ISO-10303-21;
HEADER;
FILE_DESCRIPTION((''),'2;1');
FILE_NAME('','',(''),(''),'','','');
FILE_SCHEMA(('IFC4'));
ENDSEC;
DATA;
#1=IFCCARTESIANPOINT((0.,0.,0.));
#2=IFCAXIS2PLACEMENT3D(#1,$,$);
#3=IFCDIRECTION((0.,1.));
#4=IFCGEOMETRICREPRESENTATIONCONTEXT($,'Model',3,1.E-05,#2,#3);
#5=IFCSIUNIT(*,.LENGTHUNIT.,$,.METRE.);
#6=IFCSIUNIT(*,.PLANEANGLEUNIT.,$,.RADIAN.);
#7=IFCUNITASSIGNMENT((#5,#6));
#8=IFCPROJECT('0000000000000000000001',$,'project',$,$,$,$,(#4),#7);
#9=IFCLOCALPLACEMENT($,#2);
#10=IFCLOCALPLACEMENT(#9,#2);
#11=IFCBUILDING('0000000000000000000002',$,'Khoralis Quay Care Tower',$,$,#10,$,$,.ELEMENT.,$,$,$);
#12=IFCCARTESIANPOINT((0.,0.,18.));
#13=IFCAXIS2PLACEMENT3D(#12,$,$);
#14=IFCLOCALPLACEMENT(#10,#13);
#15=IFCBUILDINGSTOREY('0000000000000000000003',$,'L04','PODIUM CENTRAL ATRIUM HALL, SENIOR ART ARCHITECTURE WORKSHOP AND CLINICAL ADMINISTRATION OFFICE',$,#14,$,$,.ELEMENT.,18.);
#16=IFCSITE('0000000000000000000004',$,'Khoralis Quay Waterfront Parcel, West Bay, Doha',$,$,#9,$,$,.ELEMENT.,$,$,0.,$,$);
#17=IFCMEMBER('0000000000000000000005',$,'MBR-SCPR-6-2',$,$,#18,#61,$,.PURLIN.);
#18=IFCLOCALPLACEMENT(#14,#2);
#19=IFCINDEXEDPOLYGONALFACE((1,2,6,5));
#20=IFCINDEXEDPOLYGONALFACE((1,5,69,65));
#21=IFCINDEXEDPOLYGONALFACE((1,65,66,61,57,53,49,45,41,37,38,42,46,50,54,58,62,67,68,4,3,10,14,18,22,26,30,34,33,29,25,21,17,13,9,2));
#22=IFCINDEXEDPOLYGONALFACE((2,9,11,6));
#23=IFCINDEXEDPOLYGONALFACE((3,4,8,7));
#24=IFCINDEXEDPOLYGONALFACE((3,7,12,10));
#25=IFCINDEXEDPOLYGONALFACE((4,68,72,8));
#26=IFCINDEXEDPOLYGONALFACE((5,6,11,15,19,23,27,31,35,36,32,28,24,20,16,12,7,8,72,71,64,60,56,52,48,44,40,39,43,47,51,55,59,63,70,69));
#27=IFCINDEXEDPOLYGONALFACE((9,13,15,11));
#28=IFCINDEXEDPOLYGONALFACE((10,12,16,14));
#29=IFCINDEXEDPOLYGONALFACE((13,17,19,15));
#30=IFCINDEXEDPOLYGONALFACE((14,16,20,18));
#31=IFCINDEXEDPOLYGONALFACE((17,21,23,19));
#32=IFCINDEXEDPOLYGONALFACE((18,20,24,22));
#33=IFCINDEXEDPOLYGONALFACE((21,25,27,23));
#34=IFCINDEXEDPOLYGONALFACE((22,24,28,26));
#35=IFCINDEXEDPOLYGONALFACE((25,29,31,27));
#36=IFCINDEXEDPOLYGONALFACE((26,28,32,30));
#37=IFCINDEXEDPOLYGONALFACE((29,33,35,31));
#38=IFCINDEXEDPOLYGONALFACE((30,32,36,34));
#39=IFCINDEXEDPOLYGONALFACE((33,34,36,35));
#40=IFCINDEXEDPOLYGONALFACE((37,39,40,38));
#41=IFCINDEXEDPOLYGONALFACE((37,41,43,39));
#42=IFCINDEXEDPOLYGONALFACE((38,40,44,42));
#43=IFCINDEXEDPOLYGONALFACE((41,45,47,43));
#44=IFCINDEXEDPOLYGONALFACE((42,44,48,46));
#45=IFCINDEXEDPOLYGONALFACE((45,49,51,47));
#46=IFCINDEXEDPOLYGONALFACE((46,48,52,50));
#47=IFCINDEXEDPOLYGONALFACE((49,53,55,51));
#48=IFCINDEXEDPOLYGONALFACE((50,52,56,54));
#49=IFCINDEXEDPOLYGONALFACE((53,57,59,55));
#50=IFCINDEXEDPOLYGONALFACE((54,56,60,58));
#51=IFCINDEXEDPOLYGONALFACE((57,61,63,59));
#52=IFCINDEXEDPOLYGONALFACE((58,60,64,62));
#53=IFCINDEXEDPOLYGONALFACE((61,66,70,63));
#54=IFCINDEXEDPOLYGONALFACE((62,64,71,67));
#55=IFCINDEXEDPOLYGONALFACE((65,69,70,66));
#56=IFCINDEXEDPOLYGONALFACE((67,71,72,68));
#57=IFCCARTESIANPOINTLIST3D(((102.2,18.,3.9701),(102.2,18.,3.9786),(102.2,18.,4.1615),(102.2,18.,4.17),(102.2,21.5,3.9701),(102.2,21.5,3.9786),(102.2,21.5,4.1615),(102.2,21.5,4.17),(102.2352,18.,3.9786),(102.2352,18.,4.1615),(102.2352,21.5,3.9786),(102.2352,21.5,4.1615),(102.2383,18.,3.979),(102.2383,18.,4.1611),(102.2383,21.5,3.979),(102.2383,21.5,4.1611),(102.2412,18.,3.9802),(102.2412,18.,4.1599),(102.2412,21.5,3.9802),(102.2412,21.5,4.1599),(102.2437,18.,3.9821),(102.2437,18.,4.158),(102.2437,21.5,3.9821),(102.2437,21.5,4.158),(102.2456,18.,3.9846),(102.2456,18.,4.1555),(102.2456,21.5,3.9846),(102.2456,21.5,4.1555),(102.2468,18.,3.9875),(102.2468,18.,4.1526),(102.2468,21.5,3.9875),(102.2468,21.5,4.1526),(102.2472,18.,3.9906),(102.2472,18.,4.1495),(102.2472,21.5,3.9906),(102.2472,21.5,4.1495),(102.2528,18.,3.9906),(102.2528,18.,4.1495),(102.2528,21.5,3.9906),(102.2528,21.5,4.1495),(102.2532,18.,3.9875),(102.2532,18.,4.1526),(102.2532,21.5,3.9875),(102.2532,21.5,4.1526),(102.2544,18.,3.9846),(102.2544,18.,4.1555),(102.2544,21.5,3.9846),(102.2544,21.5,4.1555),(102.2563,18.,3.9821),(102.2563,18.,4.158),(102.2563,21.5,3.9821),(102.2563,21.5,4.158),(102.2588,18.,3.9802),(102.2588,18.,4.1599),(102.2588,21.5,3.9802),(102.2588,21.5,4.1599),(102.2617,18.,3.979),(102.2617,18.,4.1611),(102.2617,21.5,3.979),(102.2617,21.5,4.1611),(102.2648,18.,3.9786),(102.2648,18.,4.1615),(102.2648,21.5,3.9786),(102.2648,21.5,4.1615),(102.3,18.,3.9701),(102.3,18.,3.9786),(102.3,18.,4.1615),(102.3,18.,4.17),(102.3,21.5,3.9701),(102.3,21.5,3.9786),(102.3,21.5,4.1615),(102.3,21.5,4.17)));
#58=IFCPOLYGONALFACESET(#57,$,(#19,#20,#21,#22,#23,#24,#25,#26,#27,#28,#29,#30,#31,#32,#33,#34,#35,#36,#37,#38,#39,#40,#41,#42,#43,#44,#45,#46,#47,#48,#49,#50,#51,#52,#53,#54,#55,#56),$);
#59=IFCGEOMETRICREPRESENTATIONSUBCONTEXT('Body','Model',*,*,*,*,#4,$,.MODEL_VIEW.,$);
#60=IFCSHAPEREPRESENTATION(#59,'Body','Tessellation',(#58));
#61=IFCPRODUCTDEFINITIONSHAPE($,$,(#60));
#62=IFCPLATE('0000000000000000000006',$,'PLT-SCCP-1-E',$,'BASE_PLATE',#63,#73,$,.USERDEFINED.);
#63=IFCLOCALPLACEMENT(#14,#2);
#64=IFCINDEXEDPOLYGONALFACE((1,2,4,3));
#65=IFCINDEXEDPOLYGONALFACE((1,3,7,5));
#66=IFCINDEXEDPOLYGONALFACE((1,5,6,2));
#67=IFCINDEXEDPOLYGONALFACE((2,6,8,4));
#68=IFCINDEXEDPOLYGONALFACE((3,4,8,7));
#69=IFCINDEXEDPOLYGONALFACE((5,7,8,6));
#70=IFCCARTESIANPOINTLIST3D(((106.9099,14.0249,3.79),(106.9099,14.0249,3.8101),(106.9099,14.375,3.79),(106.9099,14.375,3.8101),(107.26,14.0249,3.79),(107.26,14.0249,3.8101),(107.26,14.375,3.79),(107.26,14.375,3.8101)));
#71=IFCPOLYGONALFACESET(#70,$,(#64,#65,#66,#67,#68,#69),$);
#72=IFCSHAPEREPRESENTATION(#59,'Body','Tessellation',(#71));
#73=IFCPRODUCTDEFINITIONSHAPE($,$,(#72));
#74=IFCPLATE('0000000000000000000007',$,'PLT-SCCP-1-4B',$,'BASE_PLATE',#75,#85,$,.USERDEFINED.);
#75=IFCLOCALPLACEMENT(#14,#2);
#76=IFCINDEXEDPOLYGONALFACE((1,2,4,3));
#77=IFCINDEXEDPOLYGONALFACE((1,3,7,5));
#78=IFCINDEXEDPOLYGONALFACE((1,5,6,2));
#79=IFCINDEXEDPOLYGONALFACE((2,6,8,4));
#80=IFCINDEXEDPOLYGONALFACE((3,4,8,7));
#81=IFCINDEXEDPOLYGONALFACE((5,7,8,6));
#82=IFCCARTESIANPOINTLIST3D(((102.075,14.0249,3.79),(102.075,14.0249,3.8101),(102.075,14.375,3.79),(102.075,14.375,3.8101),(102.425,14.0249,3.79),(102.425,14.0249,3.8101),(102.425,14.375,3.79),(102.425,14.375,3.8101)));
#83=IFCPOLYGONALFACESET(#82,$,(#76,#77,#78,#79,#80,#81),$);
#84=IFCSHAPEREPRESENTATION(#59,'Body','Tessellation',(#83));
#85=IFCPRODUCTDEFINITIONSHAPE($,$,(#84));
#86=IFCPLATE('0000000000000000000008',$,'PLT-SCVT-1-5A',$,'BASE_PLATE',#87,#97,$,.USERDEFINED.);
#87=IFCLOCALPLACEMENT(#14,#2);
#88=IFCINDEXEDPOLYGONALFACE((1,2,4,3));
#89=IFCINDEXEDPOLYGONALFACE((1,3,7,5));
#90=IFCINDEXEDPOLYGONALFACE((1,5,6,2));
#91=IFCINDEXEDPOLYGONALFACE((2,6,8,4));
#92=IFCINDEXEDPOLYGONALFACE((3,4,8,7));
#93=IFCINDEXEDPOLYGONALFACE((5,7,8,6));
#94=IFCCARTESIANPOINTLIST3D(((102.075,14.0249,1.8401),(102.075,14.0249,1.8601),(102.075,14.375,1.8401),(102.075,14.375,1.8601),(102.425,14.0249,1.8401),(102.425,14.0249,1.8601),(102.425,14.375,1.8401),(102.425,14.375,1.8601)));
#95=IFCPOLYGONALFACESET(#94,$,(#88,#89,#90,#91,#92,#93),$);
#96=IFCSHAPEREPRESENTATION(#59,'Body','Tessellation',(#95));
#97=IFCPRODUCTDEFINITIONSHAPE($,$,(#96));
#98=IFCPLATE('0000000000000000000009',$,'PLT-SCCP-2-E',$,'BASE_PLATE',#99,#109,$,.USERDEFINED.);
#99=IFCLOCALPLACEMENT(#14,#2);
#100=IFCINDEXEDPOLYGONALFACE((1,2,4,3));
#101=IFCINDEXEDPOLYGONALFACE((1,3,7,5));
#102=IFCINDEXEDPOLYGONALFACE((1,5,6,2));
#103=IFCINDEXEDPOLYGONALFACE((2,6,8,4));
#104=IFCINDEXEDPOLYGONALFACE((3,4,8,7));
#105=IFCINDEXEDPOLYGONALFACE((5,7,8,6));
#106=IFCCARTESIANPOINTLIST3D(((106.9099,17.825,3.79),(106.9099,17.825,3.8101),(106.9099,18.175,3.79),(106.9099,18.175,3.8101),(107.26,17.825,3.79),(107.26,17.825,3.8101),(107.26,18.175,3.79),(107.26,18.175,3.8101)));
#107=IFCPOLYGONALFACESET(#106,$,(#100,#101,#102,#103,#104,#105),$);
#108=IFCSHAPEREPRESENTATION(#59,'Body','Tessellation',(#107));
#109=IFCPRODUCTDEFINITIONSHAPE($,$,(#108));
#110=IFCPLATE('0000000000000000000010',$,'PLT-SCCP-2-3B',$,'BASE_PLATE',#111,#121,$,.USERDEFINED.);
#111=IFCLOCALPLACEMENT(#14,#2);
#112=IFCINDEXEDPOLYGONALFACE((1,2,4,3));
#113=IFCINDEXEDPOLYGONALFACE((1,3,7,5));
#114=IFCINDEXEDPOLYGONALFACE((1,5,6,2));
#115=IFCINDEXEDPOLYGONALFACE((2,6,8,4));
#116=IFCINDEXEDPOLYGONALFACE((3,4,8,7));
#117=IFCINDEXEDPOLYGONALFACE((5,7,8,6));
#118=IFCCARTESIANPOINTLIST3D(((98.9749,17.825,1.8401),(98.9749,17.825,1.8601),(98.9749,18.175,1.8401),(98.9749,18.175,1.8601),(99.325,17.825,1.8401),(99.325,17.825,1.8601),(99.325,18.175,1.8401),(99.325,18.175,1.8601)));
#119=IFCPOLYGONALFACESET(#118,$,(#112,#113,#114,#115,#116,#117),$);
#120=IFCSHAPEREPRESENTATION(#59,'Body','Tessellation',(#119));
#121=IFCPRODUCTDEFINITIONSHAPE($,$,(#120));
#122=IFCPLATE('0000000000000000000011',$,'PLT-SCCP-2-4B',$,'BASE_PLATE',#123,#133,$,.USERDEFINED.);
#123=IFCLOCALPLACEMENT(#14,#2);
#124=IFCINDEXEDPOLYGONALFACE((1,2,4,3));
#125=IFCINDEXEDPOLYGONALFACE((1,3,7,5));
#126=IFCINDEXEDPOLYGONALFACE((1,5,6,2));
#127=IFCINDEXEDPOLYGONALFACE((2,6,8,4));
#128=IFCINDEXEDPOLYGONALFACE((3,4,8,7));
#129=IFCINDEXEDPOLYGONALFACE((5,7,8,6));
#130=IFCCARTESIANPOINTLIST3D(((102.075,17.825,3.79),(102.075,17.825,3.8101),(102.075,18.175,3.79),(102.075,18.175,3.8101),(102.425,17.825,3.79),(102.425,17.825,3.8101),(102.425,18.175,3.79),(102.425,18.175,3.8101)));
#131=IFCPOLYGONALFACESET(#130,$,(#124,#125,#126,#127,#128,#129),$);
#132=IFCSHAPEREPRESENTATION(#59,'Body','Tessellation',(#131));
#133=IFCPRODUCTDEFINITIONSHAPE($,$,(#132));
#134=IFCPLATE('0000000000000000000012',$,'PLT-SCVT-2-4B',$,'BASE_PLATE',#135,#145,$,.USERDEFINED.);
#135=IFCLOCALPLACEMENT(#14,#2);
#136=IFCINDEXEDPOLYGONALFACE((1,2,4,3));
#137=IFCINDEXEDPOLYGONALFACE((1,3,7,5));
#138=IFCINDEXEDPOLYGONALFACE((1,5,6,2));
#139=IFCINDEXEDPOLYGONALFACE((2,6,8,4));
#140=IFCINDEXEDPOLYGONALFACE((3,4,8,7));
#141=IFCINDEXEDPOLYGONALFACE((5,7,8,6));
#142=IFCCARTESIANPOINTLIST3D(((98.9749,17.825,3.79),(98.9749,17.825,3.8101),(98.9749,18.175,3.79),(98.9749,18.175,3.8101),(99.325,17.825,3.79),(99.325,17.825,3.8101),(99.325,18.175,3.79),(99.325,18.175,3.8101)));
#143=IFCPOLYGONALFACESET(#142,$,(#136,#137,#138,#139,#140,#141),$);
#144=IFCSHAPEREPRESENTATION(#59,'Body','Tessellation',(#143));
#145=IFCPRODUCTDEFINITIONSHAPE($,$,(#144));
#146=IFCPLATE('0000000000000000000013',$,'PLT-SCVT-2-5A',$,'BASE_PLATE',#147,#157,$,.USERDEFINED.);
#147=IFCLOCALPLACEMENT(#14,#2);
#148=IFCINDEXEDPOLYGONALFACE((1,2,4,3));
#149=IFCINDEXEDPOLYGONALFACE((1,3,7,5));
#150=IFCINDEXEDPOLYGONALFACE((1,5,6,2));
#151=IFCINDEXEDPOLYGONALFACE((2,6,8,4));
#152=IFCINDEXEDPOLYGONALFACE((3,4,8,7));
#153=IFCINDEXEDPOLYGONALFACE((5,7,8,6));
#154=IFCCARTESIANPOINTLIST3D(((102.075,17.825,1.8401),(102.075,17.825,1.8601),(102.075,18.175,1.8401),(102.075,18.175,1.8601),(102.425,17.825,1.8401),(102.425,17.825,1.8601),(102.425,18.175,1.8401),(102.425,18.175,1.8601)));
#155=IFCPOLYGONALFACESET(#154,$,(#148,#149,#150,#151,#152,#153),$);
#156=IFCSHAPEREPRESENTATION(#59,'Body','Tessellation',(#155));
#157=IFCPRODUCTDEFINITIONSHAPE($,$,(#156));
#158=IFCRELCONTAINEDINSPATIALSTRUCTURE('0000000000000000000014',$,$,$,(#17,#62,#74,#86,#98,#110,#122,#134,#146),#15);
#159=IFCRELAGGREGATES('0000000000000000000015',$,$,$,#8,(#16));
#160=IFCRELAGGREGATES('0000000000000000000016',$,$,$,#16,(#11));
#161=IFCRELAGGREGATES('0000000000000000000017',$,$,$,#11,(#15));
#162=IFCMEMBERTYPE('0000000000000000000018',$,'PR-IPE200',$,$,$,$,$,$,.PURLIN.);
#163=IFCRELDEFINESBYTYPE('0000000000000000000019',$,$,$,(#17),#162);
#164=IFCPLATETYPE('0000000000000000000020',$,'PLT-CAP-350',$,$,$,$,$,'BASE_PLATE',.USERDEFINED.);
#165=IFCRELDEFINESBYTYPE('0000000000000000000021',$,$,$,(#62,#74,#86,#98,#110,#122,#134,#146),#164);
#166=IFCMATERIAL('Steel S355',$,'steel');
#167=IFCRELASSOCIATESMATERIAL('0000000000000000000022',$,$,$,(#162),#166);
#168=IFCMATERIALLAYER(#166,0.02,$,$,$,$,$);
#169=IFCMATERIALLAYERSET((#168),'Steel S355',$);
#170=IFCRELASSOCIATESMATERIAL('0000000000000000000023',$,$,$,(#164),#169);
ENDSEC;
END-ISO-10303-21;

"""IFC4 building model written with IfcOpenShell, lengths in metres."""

from ifc_helpers import new_model, si_unit, direction, frame, origin, origin_2d, place, context, subcontext, project, spatial, rectangle, i_section, extrude, source, transform, mapped, material, layer, layer_set, material_profile, profile_set, type_object, element, save


model = new_model("IFC4")

# Units and contexts
model_context = context("Model", 3, precision=1e-05, world=origin(), true_north=direction((0.0, 1.0)))
body_context = subcontext(model_context, "Body", "Model", "MODEL_VIEW")
ifc_project = project(units=[si_unit("LENGTHUNIT", "METRE"), si_unit("PLANEANGLEUNIT", "RADIAN")], contexts=[model_context])

# Site, building, storey
site_placement = place(None, origin())
site = spatial("IfcSite", under=ifc_project, at=site_placement, Name="Khoralis Quay Waterfront Parcel, West Bay, Doha", CompositionType="ELEMENT", RefElevation=0.0)
building_placement = place(site_placement, origin())
building = spatial("IfcBuilding", under=site, at=building_placement, Name="Khoralis Quay Care Tower", CompositionType="ELEMENT")
storey_placement = place(building_placement, frame((0.0, 0.0, 18.0)))
storey = spatial("IfcBuildingStorey", under=building, at=storey_placement, Name="L04", Description="PODIUM CENTRAL ATRIUM HALL, SENIOR ART ARCHITECTURE WORKSHOP AND CLINICAL ADMINISTRATION OFFICE", CompositionType="ELEMENT", Elevation=18.0)

# Member
ifc_material_1 = material(Name="Steel S355", Category="steel")
ifc_material_profile_1 = material_profile(ifc_material_1, i_section(OverallWidth=0.1001, OverallDepth=0.2, WebThickness=0.0056, FlangeThickness=0.0085, FilletRadius=0.012, at=origin_2d()), Name="Steel S355")
ifc_profile_set_1 = profile_set([ifc_material_profile_1], Name="Steel S355")
member_type_1 = type_object("IfcMemberType", Name="PR-IPE200", PredefinedType="PURLIN", material=ifc_profile_set_1)
shared_shape_1 = source(origin(), body_context, "Body", "SweptSolid", [
    extrude(i_section(OverallWidth=0.1001, OverallDepth=0.2, WebThickness=0.0056, FlangeThickness=0.0085, FilletRadius=0.012, at=origin_2d()), origin(), (0.0, 0.0, 1.0), 3.5),
])
member_1_placement = place(storey_placement, frame((102.25, 18.0, 4.0701), z_axis=(0.0, 1.0, 0.0), x_axis=(-1.0, 0.0, 0.0)))
element("IfcMember", 1, at=member_1_placement, inside=storey, type_object=member_type_1, Name="MBR-SCPR-6-2", PredefinedType="PURLIN", context=body_context, shape_type="MappedRepresentation", body=[
    mapped(shared_shape_1, transform((0.0, 0.0, 0.0), scale=1.0)),
])

# Plates
ifc_layer = layer(ifc_material_1, 0.02)
ifc_layer_set = layer_set([ifc_layer], Name="Steel S355")
plate_type = type_object("IfcPlateType", Name="PLT-CAP-350", ElementType="BASE_PLATE", PredefinedType="USERDEFINED", material=ifc_layer_set)
shared_shape_2 = source(origin(), body_context, "Body", "SweptSolid", [
    extrude(rectangle(XDim=0.3501, YDim=0.3501, at=origin_2d()), origin(), (0.0, 0.0, 1.0), 0.02),
])
for number, where, z_axis, x_axis, name in (
    (2, (107.085, 14.2, 3.79), (0.0, 0.0, 1.0), (1.0, 0.0, 0.0), "PLT-SCCP-1-E"),
    (3, (102.25, 14.2, 3.79), (0.0, 0.0, 1.0), (1.0, 0.0, 0.0), "PLT-SCCP-1-4B"),
    (4, (102.25, 14.2, 1.8401), (0.0, 0.0, 1.0), (1.0, 0.0, 0.0), "PLT-SCVT-1-5A"),
    (5, (107.085, 18.0, 3.79), (0.0, 0.0, 1.0), (1.0, 0.0, 0.0), "PLT-SCCP-2-E"),
    (6, (99.1499, 18.0, 1.8401), (0.0, 0.0, 1.0), (1.0, 0.0, 0.0), "PLT-SCCP-2-3B"),
    (7, (102.25, 18.0, 3.79), (0.0, 0.0, 1.0), (1.0, 0.0, 0.0), "PLT-SCCP-2-4B"),
    (8, (99.1499, 18.0, 3.79), (0.0, 0.0, 1.0), (1.0, 0.0, 0.0), "PLT-SCVT-2-4B"),
    (9, (102.25, 18.0, 1.8401), (0.0, 0.0, 1.0), (1.0, 0.0, 0.0), "PLT-SCVT-2-5A"),
):
    element("IfcPlate", number, at=place(storey_placement, frame(where, z_axis=z_axis, x_axis=x_axis)), inside=storey, type_object=plate_type, Name=name, ObjectType="BASE_PLATE", PredefinedType="USERDEFINED", context=body_context, shape_type="MappedRepresentation", body=[
        mapped(shared_shape_2, transform((0.0, 0.0, 0.0), scale=1.0)),
    ])

save(model, "model.ifc")
